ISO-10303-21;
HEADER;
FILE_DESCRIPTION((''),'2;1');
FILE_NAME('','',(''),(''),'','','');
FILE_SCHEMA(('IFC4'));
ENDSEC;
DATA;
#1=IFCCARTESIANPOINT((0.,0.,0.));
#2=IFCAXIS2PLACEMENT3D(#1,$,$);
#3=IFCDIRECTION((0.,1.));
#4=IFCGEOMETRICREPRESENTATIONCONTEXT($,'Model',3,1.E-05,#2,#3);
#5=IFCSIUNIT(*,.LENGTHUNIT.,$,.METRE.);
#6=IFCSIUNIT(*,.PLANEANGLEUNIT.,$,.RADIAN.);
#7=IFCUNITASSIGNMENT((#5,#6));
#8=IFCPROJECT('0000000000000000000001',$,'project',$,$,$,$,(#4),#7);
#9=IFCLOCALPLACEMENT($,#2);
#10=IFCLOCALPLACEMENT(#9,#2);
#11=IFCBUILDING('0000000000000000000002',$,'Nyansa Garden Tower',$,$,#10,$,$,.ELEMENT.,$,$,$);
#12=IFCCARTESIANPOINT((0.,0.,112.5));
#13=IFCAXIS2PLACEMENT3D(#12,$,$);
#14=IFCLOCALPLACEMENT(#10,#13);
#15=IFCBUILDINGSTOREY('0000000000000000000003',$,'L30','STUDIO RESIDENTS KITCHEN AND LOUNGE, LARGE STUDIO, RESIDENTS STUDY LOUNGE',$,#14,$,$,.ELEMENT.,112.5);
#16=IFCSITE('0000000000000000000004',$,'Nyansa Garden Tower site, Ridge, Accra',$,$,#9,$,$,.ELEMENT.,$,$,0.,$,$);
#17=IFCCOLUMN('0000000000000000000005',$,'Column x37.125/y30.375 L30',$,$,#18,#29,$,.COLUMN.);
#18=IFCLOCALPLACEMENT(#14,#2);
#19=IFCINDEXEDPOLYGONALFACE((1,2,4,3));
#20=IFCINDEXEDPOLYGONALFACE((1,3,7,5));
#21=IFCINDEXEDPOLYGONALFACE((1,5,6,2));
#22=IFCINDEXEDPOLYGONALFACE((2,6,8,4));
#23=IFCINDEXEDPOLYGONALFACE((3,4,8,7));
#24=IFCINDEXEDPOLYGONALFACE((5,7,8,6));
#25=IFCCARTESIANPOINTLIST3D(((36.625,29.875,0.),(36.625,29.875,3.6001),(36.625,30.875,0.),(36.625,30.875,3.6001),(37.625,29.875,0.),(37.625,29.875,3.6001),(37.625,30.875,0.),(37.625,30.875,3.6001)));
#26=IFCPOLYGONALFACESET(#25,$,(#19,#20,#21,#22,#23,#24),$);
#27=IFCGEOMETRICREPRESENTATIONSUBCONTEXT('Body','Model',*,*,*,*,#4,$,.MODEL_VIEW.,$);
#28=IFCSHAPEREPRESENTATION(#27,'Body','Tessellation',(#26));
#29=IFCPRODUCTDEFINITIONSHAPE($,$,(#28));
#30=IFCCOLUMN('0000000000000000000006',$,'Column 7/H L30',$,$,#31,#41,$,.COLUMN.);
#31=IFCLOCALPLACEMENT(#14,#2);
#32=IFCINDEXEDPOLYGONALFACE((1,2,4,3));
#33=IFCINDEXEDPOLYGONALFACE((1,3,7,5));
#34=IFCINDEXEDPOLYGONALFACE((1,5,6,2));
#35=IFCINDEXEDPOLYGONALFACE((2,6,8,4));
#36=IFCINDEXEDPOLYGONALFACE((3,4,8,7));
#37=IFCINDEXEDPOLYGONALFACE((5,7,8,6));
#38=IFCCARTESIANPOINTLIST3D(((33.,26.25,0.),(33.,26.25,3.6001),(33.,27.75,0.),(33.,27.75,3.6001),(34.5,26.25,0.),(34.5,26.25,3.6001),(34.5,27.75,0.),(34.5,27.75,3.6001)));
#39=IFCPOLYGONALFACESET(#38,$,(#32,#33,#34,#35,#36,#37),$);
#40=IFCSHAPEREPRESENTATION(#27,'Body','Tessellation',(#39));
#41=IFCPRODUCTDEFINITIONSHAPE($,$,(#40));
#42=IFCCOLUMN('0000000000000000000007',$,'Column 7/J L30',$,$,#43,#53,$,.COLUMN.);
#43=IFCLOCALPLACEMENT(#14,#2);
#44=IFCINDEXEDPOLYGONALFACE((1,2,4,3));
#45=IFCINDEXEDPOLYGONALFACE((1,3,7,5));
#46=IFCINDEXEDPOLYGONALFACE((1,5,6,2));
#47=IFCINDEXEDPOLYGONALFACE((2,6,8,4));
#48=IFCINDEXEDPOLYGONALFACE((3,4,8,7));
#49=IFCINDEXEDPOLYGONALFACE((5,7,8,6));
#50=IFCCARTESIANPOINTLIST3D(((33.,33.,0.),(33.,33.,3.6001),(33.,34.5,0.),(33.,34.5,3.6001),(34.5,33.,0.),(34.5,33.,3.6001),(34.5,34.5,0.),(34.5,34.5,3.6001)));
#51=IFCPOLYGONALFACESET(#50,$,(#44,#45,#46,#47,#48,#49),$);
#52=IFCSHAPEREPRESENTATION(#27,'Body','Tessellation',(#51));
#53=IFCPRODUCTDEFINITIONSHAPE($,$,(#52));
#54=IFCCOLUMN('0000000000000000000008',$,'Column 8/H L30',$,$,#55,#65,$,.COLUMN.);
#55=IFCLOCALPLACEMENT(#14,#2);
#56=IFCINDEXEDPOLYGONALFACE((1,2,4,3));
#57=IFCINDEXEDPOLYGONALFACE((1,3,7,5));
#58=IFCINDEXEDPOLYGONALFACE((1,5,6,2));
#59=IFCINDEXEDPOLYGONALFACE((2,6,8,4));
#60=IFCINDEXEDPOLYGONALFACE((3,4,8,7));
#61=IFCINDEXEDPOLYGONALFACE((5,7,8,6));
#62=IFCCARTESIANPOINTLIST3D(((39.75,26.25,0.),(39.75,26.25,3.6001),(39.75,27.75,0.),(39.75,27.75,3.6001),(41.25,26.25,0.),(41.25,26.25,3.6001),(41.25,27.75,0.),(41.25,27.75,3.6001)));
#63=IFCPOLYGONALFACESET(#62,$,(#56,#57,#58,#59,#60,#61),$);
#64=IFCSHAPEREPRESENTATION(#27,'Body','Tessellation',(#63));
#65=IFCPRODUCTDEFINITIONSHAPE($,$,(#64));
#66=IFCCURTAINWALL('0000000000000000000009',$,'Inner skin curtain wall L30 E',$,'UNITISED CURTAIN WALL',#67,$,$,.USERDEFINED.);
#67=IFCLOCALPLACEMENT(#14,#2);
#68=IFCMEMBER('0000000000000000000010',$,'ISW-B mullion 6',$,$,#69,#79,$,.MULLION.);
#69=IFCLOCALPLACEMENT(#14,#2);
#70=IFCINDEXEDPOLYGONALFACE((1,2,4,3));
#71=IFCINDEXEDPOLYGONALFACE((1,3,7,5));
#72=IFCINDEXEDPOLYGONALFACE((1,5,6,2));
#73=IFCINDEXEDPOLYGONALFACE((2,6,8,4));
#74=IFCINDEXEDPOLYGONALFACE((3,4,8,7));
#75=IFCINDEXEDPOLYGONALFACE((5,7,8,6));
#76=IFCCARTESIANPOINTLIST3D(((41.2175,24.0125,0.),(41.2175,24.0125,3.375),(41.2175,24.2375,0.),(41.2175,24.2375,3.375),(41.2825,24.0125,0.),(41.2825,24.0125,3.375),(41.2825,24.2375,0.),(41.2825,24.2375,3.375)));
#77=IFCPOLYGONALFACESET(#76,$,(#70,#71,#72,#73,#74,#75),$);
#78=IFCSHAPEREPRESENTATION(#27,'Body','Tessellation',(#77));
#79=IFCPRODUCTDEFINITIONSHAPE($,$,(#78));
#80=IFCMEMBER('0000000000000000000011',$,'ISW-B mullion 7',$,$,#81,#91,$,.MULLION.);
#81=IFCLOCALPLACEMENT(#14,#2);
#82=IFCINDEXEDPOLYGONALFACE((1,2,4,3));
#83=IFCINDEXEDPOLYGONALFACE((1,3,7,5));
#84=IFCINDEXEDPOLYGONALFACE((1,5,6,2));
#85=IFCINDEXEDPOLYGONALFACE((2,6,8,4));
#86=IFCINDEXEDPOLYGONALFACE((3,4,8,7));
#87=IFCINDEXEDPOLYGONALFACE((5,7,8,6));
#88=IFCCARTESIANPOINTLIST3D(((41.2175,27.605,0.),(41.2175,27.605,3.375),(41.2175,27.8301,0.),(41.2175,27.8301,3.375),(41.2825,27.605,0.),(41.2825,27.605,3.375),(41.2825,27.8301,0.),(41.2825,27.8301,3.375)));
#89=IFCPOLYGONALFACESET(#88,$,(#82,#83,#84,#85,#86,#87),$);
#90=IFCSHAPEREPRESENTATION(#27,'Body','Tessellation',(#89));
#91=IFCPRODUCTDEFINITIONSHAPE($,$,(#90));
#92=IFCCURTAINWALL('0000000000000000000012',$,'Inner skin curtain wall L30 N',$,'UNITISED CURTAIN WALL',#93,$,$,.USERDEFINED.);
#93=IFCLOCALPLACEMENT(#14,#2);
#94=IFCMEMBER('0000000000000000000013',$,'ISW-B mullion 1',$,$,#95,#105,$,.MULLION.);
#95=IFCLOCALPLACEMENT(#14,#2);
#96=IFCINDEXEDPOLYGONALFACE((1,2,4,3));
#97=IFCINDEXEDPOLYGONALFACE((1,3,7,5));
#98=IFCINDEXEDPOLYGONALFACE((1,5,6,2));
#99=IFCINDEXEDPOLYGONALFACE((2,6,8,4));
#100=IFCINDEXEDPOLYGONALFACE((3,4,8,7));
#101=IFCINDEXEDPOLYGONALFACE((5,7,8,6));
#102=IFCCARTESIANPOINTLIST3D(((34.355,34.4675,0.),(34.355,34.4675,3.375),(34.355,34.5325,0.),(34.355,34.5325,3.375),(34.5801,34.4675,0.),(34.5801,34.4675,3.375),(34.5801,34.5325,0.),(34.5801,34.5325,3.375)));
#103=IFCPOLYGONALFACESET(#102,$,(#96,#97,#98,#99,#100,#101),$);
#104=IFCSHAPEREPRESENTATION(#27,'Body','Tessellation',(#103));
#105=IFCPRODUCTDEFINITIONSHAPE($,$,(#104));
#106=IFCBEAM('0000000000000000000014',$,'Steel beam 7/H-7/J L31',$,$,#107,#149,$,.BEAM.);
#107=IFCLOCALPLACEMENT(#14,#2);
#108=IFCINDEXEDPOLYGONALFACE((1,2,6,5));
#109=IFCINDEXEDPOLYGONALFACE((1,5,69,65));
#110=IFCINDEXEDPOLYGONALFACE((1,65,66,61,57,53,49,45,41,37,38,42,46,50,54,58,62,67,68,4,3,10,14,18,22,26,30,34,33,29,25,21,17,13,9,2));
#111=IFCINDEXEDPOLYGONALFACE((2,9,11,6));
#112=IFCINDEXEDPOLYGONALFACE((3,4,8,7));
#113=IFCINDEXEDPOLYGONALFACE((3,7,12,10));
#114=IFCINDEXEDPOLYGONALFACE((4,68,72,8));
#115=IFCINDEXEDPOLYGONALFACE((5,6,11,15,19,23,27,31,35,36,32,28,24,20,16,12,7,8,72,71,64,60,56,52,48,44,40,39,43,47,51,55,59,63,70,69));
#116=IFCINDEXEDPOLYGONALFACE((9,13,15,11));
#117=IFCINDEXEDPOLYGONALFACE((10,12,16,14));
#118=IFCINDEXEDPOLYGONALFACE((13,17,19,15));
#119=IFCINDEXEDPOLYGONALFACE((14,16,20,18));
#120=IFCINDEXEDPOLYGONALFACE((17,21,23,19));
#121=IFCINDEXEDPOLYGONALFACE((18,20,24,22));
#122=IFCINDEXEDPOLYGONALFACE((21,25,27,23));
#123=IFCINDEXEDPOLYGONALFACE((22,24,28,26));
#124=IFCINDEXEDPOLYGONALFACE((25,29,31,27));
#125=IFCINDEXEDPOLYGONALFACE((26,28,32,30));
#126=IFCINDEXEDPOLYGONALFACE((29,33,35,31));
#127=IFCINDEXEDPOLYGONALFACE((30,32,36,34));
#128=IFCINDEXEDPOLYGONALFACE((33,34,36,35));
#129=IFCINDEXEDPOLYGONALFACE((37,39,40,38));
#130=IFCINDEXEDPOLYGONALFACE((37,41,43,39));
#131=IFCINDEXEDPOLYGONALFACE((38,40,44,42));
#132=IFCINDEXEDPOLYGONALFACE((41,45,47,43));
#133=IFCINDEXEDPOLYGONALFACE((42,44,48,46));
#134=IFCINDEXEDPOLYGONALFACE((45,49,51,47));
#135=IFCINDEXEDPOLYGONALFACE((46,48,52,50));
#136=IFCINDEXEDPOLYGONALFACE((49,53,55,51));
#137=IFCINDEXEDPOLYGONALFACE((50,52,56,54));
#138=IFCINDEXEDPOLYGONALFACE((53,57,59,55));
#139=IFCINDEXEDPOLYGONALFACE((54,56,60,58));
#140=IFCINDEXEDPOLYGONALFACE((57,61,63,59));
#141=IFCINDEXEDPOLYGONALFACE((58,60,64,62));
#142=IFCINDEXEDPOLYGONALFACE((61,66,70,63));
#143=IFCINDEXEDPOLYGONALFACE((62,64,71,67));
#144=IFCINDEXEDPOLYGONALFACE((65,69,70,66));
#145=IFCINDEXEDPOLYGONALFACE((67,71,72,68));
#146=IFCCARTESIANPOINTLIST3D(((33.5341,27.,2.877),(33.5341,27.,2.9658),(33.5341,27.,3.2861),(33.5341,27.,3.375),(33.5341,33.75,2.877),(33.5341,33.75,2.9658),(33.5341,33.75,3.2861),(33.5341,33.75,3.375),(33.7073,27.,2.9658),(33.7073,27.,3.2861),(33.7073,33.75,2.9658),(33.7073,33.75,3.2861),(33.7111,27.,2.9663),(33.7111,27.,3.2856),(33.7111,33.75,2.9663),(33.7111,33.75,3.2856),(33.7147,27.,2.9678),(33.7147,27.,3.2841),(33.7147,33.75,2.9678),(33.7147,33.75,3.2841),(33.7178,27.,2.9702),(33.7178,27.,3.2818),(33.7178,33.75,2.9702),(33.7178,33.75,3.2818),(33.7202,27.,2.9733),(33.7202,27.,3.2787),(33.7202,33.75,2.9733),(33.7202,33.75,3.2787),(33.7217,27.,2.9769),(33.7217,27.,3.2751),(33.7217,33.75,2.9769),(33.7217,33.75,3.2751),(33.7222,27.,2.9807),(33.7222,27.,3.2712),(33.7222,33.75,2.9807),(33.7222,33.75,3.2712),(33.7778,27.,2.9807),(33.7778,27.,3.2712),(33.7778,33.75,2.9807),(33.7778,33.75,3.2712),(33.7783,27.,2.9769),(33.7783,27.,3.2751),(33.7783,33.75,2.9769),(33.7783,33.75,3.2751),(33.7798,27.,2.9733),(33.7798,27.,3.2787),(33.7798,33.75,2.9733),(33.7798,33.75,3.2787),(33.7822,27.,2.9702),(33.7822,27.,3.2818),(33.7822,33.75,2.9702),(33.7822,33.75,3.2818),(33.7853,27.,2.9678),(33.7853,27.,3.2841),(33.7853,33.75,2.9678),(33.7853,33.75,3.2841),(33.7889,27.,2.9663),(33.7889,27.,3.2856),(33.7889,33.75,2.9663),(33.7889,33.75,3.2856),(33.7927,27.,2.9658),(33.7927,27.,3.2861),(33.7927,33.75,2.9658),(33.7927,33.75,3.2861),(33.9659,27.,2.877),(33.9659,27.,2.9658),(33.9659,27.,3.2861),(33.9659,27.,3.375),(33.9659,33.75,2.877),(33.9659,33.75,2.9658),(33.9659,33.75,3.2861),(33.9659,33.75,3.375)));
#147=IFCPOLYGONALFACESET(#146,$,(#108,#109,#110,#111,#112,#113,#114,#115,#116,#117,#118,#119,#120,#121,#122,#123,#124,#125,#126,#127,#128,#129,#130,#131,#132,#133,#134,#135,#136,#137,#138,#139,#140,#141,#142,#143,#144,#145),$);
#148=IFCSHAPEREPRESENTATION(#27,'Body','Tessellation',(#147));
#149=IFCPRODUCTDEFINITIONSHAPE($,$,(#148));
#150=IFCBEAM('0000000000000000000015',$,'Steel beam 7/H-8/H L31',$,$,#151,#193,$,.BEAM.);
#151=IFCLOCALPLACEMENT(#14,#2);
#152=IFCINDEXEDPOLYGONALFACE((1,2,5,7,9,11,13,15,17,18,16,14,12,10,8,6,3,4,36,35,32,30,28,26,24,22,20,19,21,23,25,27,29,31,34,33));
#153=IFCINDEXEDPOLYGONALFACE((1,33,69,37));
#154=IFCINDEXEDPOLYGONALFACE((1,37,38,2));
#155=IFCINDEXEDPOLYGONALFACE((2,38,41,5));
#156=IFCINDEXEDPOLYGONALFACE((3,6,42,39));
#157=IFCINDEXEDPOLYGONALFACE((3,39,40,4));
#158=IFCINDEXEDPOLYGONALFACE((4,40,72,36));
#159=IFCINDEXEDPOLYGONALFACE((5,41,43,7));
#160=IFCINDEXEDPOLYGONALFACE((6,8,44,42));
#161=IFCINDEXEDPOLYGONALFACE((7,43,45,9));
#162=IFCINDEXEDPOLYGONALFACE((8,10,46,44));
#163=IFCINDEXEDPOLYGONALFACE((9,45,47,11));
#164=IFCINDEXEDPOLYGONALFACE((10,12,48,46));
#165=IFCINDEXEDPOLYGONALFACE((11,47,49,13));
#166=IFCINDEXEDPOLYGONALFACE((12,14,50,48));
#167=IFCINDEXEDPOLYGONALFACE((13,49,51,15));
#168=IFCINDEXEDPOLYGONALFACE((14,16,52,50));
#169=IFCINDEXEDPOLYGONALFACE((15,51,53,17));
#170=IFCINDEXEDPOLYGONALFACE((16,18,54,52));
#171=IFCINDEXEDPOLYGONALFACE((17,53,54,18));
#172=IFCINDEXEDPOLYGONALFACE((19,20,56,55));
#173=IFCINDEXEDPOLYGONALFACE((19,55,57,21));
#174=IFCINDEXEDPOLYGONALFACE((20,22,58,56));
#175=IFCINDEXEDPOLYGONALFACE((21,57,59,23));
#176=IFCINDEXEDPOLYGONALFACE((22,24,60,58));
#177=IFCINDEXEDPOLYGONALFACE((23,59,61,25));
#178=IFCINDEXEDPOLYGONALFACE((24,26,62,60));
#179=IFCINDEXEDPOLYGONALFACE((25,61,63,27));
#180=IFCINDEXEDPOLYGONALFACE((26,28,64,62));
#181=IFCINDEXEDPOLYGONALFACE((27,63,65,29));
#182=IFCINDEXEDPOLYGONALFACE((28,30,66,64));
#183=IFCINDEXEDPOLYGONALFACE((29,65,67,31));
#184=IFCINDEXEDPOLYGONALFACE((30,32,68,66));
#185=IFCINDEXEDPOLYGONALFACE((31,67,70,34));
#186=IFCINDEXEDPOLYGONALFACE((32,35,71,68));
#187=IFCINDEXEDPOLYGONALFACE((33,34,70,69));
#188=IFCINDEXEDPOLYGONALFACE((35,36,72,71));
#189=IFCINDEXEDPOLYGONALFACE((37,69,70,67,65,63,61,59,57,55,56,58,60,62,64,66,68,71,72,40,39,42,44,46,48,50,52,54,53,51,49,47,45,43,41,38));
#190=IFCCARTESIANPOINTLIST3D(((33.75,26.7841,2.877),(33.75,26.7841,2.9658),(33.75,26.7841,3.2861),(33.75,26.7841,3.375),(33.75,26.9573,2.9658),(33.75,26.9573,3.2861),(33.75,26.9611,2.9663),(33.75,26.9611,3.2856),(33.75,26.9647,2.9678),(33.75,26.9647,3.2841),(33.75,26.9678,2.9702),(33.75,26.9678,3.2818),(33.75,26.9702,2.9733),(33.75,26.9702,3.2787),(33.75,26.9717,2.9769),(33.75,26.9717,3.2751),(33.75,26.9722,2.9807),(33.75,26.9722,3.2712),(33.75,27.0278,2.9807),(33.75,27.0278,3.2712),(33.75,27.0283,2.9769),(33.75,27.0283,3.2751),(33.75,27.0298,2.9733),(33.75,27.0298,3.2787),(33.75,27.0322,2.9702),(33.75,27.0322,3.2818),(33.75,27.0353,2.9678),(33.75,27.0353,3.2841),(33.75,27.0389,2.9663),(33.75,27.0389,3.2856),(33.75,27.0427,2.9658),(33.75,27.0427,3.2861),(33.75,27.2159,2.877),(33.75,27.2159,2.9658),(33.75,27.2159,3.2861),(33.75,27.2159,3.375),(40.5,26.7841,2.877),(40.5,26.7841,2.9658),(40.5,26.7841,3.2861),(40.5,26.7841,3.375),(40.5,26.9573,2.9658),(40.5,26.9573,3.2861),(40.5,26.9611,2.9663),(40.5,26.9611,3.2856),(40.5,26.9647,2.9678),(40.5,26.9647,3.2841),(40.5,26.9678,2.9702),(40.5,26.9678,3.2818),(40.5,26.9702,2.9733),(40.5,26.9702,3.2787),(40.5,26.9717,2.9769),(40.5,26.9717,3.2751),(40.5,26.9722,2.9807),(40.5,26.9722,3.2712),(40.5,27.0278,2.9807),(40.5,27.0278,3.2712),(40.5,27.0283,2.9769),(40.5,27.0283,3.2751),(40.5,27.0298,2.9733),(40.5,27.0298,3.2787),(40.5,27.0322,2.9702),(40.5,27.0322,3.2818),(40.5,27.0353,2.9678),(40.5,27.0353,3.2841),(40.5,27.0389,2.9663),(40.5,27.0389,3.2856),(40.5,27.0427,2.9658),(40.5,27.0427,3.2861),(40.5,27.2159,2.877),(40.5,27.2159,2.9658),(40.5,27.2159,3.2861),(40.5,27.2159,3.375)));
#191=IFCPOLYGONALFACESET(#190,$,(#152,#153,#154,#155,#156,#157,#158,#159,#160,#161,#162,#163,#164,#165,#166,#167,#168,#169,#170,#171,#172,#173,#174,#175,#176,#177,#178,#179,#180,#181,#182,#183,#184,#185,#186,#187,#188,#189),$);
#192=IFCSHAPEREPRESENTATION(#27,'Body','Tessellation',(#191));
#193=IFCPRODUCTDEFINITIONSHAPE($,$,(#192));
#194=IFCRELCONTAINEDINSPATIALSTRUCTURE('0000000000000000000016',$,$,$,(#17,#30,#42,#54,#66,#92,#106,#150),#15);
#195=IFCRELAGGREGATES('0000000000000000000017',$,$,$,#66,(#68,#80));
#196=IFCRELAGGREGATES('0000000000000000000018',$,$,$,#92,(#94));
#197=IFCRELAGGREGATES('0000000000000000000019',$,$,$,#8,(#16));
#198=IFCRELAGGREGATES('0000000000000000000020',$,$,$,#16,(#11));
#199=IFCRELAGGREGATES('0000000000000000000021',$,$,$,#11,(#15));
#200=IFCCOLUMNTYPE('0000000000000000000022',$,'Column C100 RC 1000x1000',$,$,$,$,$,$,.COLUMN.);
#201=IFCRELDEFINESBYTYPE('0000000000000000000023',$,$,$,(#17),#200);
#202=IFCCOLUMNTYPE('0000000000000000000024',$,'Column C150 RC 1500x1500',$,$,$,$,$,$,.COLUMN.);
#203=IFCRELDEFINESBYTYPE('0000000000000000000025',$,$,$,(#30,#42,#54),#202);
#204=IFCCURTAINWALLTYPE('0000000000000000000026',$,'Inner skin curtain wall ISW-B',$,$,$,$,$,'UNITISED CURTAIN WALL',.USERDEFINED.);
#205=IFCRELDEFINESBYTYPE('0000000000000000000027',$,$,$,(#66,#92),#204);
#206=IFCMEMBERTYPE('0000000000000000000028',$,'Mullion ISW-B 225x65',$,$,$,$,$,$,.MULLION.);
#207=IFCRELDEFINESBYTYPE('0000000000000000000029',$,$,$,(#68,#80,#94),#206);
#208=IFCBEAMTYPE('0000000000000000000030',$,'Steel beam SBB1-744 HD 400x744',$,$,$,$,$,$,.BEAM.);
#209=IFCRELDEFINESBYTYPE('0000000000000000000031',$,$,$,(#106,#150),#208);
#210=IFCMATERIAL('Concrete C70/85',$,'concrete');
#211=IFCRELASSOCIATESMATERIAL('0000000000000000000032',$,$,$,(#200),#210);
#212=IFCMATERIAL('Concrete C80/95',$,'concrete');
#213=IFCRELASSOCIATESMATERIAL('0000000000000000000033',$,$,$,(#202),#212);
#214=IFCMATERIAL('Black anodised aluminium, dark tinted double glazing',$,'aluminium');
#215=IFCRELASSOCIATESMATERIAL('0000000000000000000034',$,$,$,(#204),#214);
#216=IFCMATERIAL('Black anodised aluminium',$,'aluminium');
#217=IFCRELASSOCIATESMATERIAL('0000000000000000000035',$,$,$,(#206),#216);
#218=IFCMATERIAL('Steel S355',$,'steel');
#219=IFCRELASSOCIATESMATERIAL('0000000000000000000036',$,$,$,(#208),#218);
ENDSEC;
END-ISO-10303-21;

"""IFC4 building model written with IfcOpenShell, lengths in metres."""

from ifc_helpers import new_model, si_unit, direction, frame, origin, origin_2d, place, context, subcontext, project, spatial, rectangle, i_section, extrude, material, material_profile, profile_set, type_object, element, aggregate, save


model = new_model("IFC4")

# Units and contexts
model_context = context("Model", 3, precision=1e-05, world=origin(), true_north=direction((0.0, 1.0)))
body_context = subcontext(model_context, "Body", "Model", "MODEL_VIEW")
ifc_project = project(units=[si_unit("LENGTHUNIT", "METRE"), si_unit("PLANEANGLEUNIT", "RADIAN")], contexts=[model_context])

# Site, building, storey
site_placement = place(None, origin())
site = spatial("IfcSite", under=ifc_project, at=site_placement, Name="Nyansa Garden Tower site, Ridge, Accra", CompositionType="ELEMENT", RefElevation=0.0)
building_placement = place(site_placement, origin())
building = spatial("IfcBuilding", under=site, at=building_placement, Name="Nyansa Garden Tower", CompositionType="ELEMENT")
storey_placement = place(building_placement, frame((0.0, 0.0, 112.5)))
storey = spatial("IfcBuildingStorey", under=building, at=storey_placement, Name="L30", Description="STUDIO RESIDENTS KITCHEN AND LOUNGE, LARGE STUDIO, RESIDENTS STUDY LOUNGE", CompositionType="ELEMENT", Elevation=112.5)

# Columns
ifc_material_1 = material(Name="Concrete C70/85", Category="concrete")
ifc_material_profile_1 = material_profile(ifc_material_1, rectangle(XDim=1.0, YDim=1.0, at=origin_2d()), Name="RC 1000x1000")
ifc_profile_set_1 = profile_set([ifc_material_profile_1], Name="Concrete C70/85")
column_type_1 = type_object("IfcColumnType", Name="Column C100 RC 1000x1000", PredefinedType="COLUMN", material=ifc_profile_set_1)
column_placement = place(storey_placement, frame((37.125, 30.375, 0.0), z_axis=(0.0, 0.0, 1.0), x_axis=(1.0, 0.0, 0.0)))
element("IfcColumn", 1, at=column_placement, inside=storey, type_object=column_type_1, Name="Column x37.125/y30.375 L30", PredefinedType="COLUMN", context=body_context, shape_type="SweptSolid", body=[
    extrude(rectangle(XDim=1.0, YDim=1.0, at=origin_2d()), origin(), (0.0, 0.0, 1.0), 3.6001),
])
ifc_material_2 = material(Name="Concrete C80/95", Category="concrete")
ifc_material_profile_2 = material_profile(ifc_material_2, rectangle(XDim=1.5, YDim=1.5, at=origin_2d()), Name="RC 1500x1500")
ifc_profile_set_2 = profile_set([ifc_material_profile_2], Name="Concrete C80/95")
column_type_2 = type_object("IfcColumnType", Name="Column C150 RC 1500x1500", PredefinedType="COLUMN", material=ifc_profile_set_2)
for number, where, z_axis, x_axis, name in (
    (2, (33.75, 27.0, 0.0), (0.0, 0.0, 1.0), (1.0, 0.0, 0.0), "Column 7/H L30"),
    (3, (33.75, 33.75, 0.0), (0.0, 0.0, 1.0), (1.0, 0.0, 0.0), "Column 7/J L30"),
    (4, (40.5, 27.0, 0.0), (0.0, 0.0, 1.0), (1.0, 0.0, 0.0), "Column 8/H L30"),
):
    element("IfcColumn", number, at=place(storey_placement, frame(where, z_axis=z_axis, x_axis=x_axis)), inside=storey, type_object=column_type_2, Name=name, PredefinedType="COLUMN", context=body_context, shape_type="SweptSolid", body=[
        extrude(rectangle(XDim=1.5, YDim=1.5, at=origin_2d()), origin(), (0.0, 0.0, 1.0), 3.6001),
    ])

# Curtain wall, members
ifc_material_3 = material(Name="Black anodised aluminium, dark tinted double glazing", Category="aluminium")
curtain_wall_type = type_object("IfcCurtainWallType", Name="Inner skin curtain wall ISW-B", ElementType="UNITISED CURTAIN WALL", PredefinedType="USERDEFINED", material=ifc_material_3)
curtain_wall_1_placement = place(storey_placement, origin())
curtain_wall_1 = element("IfcCurtainWall", 5, at=curtain_wall_1_placement, inside=storey, type_object=curtain_wall_type, Name="Inner skin curtain wall L30 E", ObjectType="UNITISED CURTAIN WALL", PredefinedType="USERDEFINED")
ifc_material_4 = material(Name="Black anodised aluminium", Category="aluminium")
ifc_material_profile_3 = material_profile(ifc_material_4, rectangle(XDim=0.0649, YDim=0.2251, at=origin_2d()), Name="Mullion 225x65")
ifc_profile_set_3 = profile_set([ifc_material_profile_3], Name="Black anodised aluminium")
member_type_1 = type_object("IfcMemberType", Name="Mullion ISW-B 225x65", PredefinedType="MULLION", material=ifc_profile_set_3)
member_1_placement = place(storey_placement, frame((41.25, 24.125, 0.0), z_axis=(0.0, 0.0, 1.0), x_axis=(-1.0, 0.0, 0.0)))
member_1 = element("IfcMember", 6, at=member_1_placement, type_object=member_type_1, Name="ISW-B mullion 6", PredefinedType="MULLION", context=body_context, shape_type="SweptSolid", body=[
    extrude(rectangle(XDim=0.0649, YDim=0.2251, at=origin_2d()), origin(), (0.0, 0.0, 1.0), 3.375),
])
member_2_placement = place(storey_placement, frame((41.25, 27.7175, 0.0), z_axis=(0.0, 0.0, 1.0), x_axis=(-1.0, 0.0, 0.0)))
member_2 = element("IfcMember", 7, at=member_2_placement, type_object=member_type_1, Name="ISW-B mullion 7", PredefinedType="MULLION", context=body_context, shape_type="SweptSolid", body=[
    extrude(rectangle(XDim=0.0649, YDim=0.2251, at=origin_2d()), origin(), (0.0, 0.0, 1.0), 3.375),
])

# Curtain wall, member
curtain_wall_2_placement = place(storey_placement, origin())
curtain_wall_2 = element("IfcCurtainWall", 8, at=curtain_wall_2_placement, inside=storey, type_object=curtain_wall_type, Name="Inner skin curtain wall L30 N", ObjectType="UNITISED CURTAIN WALL", PredefinedType="USERDEFINED")
member_3_placement = place(storey_placement, frame((34.4675, 34.5, 0.0), z_axis=(0.0, 0.0, 1.0), x_axis=(0.0, -1.0, 0.0)))
member_3 = element("IfcMember", 9, at=member_3_placement, type_object=member_type_1, Name="ISW-B mullion 1", PredefinedType="MULLION", context=body_context, shape_type="SweptSolid", body=[
    extrude(rectangle(XDim=0.0649, YDim=0.2251, at=origin_2d()), origin(), (0.0, 0.0, 1.0), 3.375),
])

# Beams
ifc_material_5 = material(Name="Steel S355", Category="steel")
ifc_material_profile_4 = material_profile(ifc_material_5, i_section(OverallWidth=0.4319, OverallDepth=0.498, WebThickness=0.0557, FlangeThickness=0.0889, FilletRadius=0.0149, at=origin_2d()), Name="HD 400x744")
ifc_profile_set_4 = profile_set([ifc_material_profile_4], Name="Steel S355")
beam_type_1 = type_object("IfcBeamType", Name="Steel beam SBB1-744 HD 400x744", PredefinedType="BEAM", material=ifc_profile_set_4)
for number, where, z_axis, x_axis, name in (
    (10, (33.75, 27.0, 3.126), (0.0, 1.0, 0.0), (-1.0, 0.0, 0.0), "Steel beam 7/H-7/J L31"),
    (11, (33.75, 27.0, 3.126), (1.0, 0.0, 0.0), (0.0, 1.0, 0.0), "Steel beam 7/H-8/H L31"),
):
    element("IfcBeam", number, at=place(storey_placement, frame(where, z_axis=z_axis, x_axis=x_axis)), inside=storey, type_object=beam_type_1, Name=name, PredefinedType="BEAM", context=body_context, shape_type="SweptSolid", body=[
        extrude(i_section(OverallWidth=0.4319, OverallDepth=0.498, WebThickness=0.0557, FlangeThickness=0.0889, FilletRadius=0.0149, at=origin_2d()), origin(), (0.0, 0.0, 1.0), 6.75),
    ])

aggregate(curtain_wall_1, [member_1, member_2])
aggregate(curtain_wall_2, [member_3])

save(model, "model.ifc")
